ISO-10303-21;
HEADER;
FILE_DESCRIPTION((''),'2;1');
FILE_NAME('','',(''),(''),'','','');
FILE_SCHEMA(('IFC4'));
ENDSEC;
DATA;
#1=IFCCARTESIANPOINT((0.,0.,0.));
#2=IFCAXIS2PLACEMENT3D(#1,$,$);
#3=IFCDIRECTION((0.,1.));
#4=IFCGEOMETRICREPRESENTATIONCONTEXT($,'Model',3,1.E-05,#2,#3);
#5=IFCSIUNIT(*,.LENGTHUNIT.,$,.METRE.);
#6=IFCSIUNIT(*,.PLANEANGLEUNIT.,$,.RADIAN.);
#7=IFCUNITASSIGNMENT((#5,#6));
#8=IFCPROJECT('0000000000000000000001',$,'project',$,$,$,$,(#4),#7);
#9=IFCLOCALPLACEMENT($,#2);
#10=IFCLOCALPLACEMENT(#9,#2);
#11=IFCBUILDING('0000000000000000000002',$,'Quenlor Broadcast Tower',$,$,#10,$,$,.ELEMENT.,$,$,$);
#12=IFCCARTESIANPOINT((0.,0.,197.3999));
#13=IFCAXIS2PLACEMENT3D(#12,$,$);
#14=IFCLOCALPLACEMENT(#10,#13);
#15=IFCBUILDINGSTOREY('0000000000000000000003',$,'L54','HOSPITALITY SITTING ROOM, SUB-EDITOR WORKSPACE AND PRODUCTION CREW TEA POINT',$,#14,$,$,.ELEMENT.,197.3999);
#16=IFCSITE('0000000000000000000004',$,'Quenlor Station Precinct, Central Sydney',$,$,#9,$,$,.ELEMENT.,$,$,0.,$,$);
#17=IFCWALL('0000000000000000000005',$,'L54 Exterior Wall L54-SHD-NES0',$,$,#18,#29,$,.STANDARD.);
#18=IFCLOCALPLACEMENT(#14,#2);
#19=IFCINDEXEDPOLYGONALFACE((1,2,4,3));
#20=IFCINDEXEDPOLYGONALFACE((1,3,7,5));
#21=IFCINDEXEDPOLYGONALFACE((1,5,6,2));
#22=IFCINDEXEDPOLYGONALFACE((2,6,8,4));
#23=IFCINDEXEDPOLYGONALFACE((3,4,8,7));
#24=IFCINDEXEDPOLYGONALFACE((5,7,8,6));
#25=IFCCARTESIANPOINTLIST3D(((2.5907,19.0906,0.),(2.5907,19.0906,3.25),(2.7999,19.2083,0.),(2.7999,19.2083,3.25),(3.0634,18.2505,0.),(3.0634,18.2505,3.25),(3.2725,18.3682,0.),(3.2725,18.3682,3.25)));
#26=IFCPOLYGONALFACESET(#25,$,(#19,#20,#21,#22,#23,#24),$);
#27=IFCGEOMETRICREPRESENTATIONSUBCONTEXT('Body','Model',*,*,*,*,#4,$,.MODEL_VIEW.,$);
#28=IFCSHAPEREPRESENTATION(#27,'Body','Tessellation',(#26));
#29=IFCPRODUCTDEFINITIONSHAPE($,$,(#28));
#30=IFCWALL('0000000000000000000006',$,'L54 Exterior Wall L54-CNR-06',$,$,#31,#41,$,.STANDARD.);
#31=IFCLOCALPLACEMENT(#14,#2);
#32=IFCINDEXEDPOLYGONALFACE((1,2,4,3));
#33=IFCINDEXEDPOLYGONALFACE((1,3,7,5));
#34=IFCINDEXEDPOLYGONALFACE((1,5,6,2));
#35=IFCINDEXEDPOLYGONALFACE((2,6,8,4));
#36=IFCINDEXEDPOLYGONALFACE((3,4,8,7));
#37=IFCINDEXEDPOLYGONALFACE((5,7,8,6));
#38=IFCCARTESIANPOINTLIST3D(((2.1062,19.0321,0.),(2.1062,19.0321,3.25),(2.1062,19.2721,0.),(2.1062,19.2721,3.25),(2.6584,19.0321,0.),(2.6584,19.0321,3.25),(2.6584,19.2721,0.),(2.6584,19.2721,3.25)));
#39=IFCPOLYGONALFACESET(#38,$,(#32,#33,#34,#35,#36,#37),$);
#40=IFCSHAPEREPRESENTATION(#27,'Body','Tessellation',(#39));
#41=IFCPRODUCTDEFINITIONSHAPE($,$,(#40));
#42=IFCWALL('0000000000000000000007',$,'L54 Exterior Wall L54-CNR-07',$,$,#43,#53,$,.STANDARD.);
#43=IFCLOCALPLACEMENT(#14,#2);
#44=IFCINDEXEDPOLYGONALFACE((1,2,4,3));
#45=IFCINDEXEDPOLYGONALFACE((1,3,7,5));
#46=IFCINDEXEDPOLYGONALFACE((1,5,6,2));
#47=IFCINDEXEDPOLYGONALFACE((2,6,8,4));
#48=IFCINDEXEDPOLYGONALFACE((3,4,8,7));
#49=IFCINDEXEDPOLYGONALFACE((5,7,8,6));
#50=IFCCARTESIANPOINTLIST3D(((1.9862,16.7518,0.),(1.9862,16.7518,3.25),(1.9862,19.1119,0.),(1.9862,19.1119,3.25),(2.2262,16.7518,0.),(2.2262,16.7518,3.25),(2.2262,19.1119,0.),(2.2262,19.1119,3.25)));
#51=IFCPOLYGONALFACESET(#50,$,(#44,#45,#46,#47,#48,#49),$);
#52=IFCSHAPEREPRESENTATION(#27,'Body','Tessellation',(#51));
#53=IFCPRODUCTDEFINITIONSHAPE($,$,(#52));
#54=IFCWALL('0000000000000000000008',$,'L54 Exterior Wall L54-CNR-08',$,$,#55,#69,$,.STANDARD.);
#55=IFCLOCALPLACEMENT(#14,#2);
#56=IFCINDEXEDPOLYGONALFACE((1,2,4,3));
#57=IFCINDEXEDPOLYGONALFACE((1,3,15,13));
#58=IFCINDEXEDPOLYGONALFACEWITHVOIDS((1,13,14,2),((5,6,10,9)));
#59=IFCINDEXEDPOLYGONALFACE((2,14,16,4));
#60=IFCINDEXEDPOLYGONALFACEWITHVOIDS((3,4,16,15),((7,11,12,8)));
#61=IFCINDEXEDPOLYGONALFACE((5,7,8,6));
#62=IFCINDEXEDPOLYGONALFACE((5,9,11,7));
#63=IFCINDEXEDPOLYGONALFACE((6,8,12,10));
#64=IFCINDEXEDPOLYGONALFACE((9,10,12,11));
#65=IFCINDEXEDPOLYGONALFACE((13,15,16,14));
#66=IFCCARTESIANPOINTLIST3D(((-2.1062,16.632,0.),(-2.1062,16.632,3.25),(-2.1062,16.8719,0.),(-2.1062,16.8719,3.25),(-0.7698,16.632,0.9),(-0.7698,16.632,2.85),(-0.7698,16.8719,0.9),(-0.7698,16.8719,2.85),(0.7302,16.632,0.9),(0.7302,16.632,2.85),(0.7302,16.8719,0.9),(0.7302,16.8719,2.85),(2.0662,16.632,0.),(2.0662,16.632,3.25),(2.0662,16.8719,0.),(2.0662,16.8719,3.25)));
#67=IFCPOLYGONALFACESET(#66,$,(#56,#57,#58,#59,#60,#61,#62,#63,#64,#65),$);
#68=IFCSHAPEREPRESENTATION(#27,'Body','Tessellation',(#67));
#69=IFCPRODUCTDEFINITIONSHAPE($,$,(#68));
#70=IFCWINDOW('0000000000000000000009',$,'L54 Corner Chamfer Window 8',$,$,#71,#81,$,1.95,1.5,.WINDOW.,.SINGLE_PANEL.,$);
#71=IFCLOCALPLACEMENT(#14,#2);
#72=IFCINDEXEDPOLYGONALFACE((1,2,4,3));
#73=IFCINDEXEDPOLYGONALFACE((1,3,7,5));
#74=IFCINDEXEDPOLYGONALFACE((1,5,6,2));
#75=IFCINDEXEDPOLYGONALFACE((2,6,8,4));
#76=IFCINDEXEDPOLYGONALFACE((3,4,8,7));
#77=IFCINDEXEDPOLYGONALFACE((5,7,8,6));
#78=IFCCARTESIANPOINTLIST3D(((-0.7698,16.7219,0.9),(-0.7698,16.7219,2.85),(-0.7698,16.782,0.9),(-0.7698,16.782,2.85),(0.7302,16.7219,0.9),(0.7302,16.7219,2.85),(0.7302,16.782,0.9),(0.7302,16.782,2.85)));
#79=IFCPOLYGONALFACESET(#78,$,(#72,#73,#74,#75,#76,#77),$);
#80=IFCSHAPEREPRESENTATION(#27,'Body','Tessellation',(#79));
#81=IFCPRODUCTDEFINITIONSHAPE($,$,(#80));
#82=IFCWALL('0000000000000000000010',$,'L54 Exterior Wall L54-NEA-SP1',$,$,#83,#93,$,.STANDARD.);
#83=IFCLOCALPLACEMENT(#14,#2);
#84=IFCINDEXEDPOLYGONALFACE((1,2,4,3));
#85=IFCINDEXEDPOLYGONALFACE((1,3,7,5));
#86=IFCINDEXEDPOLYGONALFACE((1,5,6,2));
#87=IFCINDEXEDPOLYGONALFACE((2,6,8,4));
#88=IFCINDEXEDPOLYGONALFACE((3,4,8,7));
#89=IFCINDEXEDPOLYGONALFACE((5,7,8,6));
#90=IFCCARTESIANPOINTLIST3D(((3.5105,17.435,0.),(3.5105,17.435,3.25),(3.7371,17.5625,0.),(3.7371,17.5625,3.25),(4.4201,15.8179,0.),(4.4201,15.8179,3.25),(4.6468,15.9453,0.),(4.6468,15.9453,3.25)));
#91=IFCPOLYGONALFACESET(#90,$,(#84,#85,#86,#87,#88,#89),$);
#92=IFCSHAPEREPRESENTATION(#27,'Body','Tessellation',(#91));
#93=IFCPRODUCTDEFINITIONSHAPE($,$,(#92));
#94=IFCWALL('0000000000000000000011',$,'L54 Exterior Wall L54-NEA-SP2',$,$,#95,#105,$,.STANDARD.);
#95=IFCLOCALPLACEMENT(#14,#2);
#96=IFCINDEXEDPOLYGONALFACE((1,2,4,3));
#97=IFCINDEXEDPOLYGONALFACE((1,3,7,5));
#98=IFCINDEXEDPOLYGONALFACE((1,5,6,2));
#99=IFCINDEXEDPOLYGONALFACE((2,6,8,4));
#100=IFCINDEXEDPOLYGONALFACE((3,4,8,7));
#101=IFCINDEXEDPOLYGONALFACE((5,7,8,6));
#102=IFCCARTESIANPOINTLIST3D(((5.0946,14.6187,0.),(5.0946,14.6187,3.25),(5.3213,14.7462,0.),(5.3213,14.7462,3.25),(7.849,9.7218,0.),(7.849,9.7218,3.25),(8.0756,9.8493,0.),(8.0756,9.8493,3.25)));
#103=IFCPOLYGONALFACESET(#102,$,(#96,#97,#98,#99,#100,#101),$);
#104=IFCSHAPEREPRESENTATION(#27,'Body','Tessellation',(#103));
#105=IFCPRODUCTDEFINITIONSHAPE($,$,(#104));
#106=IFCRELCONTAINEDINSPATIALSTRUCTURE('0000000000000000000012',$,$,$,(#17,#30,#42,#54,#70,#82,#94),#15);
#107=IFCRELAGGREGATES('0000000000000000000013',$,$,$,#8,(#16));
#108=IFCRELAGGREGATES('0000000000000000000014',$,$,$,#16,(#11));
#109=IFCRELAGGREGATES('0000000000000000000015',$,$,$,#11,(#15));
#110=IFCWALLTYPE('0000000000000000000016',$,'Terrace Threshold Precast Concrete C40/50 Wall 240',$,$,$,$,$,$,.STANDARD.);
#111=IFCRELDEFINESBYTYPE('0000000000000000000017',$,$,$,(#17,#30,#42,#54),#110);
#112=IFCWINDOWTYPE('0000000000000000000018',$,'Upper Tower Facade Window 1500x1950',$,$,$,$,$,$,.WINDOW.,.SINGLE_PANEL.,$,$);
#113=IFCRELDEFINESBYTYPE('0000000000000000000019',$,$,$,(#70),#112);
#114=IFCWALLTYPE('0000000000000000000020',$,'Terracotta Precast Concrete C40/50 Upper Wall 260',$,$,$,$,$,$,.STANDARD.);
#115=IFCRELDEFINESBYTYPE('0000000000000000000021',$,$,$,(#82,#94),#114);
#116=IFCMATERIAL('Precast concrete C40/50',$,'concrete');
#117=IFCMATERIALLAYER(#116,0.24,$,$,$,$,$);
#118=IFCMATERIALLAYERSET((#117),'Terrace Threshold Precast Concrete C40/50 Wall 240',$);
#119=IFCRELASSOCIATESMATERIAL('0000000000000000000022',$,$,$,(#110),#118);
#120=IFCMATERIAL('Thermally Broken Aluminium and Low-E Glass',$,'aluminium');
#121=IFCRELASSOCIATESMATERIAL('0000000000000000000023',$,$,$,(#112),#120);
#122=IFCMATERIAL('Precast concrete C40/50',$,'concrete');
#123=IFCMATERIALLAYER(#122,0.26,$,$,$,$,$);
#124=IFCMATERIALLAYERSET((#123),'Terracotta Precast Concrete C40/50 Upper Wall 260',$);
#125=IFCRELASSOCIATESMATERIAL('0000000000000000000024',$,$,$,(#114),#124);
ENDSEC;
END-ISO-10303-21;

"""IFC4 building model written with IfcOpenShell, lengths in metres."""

from ifc_helpers import new_model, si_unit, direction, frame, frame_2d, origin, place, context, subcontext, project, spatial, rectangle, extrude, material, layer, layer_set, type_object, element, fill, save


model = new_model("IFC4")

# Units and contexts
model_context = context("Model", 3, precision=1e-05, world=origin(), true_north=direction((0.0, 1.0)))
body_context = subcontext(model_context, "Body", "Model", "MODEL_VIEW")
ifc_project = project(units=[si_unit("LENGTHUNIT", "METRE"), si_unit("PLANEANGLEUNIT", "RADIAN")], contexts=[model_context])

# Site, building, storey
site_placement = place(None, origin())
site = spatial("IfcSite", under=ifc_project, at=site_placement, Name="Quenlor Station Precinct, Central Sydney", CompositionType="ELEMENT", RefElevation=0.0)
building_placement = place(site_placement, origin())
building = spatial("IfcBuilding", under=site, at=building_placement, Name="Quenlor Broadcast Tower", CompositionType="ELEMENT")
storey_placement = place(building_placement, frame((0.0, 0.0, 197.3999)))
storey = spatial("IfcBuildingStorey", under=building, at=storey_placement, Name="L54", Description="HOSPITALITY SITTING ROOM, SUB-EDITOR WORKSPACE AND PRODUCTION CREW TEA POINT", CompositionType="ELEMENT", Elevation=197.3999)

# Walls
ifc_material_1 = material(Name="Precast concrete C40/50", Category="concrete")
ifc_layer_1 = layer(ifc_material_1, 0.24)
ifc_layer_set_1 = layer_set([ifc_layer_1], Name="Terrace Threshold Precast Concrete C40/50 Wall 240")
wall_type_1 = type_object("IfcWallType", Name="Terrace Threshold Precast Concrete C40/50 Wall 240", PredefinedType="STANDARD", material=ifc_layer_set_1)
wall_1_placement = place(storey_placement, frame((2.6953, 19.1494, 0.0), z_axis=(0.0, 0.0, 1.0), x_axis=(0.490345, -0.871528, 0.0)))
element("IfcWall", 1, at=wall_1_placement, inside=storey, type_object=wall_type_1, Name="L54 Exterior Wall L54-SHD-NES0", PredefinedType="STANDARD", context=body_context, shape_type="SweptSolid", body=[
    extrude(rectangle(XDim=0.9639, YDim=0.24, at=frame_2d((0.4819, 0.0))), origin(), (0.0, 0.0, 1.0), 3.25),
])
wall_2_placement = place(storey_placement, frame((2.6584, 19.1521, 0.0), z_axis=(0.0, 0.0, 1.0), x_axis=(-1.0, 0.0, 0.0)))
element("IfcWall", 2, at=wall_2_placement, inside=storey, type_object=wall_type_1, Name="L54 Exterior Wall L54-CNR-06", PredefinedType="STANDARD", context=body_context, shape_type="SweptSolid", body=[
    extrude(rectangle(XDim=0.5522, YDim=0.24, at=frame_2d((0.2761, 0.0))), origin(), (0.0, 0.0, 1.0), 3.25),
])
wall_3_placement = place(storey_placement, frame((2.1062, 19.1121, 0.0), z_axis=(0.0, 0.0, 1.0), x_axis=(0.0, -1.0, 0.0)))
element("IfcWall", 3, at=wall_3_placement, inside=storey, type_object=wall_type_1, Name="L54 Exterior Wall L54-CNR-07", PredefinedType="STANDARD", context=body_context, shape_type="SweptSolid", body=[
    extrude(rectangle(XDim=2.3601, YDim=0.24, at=frame_2d((1.1802, 0.0))), origin(), (0.0, 0.0, 1.0), 3.25),
])

# Wall, opening, window
wall_4_placement = place(storey_placement, frame((2.0662, 16.752, 0.0), z_axis=(0.0, 0.0, 1.0), x_axis=(-1.0, 0.0, 0.0)))
wall_4 = element("IfcWall", 4, at=wall_4_placement, inside=storey, type_object=wall_type_1, Name="L54 Exterior Wall L54-CNR-08", PredefinedType="STANDARD", context=body_context, shape_type="SweptSolid", body=[
    extrude(rectangle(XDim=4.1724, YDim=0.24, at=frame_2d((2.0862, 0.0))), origin(), (0.0, 0.0, 1.0), 3.25),
])
opening_placement = place(wall_4_placement, frame((1.3359, 0.0, 0.8999)))
opening = element("IfcOpeningElement", 5, at=opening_placement, cuts=wall_4, PredefinedType="OPENING", context=body_context, shape_type="SweptSolid", body=[
    extrude(rectangle(XDim=1.5, YDim=1.95, at=frame_2d((0.75, 0.9751))), frame((0.0, 0.1299, 0.0), z_axis=(0.0, -1.0, 0.0), x_axis=(1.0, 0.0, 0.0)), (0.0, 0.0, 1.0), 0.26),
])
ifc_material_2 = material(Name="Thermally Broken Aluminium and Low-E Glass", Category="aluminium")
window_type = type_object("IfcWindowType", Name="Upper Tower Facade Window 1500x1950", PartitioningType="SINGLE_PANEL", PredefinedType="WINDOW", material=ifc_material_2)
window_placement = place(opening_placement, origin())
window = element("IfcWindow", 6, at=window_placement, inside=storey, type_object=window_type, Name="L54 Corner Chamfer Window 8", OverallHeight=1.95, OverallWidth=1.5, PartitioningType="SINGLE_PANEL", PredefinedType="WINDOW", context=body_context, shape_type="SweptSolid", body=[
    extrude(rectangle(XDim=1.5, YDim=1.95, at=frame_2d((0.75, 0.9751))), frame((0.0, 0.03, 0.0), z_axis=(0.0, -1.0, 0.0), x_axis=(1.0, 0.0, 0.0)), (0.0, 0.0, 1.0), 0.0601),
])
fill(opening, window)

# Walls
ifc_material_3 = material(Name="Precast concrete C40/50", Category="concrete")
ifc_layer_2 = layer(ifc_material_3, 0.26)
ifc_layer_set_2 = layer_set([ifc_layer_2], Name="Terracotta Precast Concrete C40/50 Upper Wall 260")
wall_type_2 = type_object("IfcWallType", Name="Terracotta Precast Concrete C40/50 Upper Wall 260", PredefinedType="STANDARD", material=ifc_layer_set_2)
wall_5_placement = place(storey_placement, frame((3.6238, 17.4988, 0.0), z_axis=(0.0, 0.0, 1.0), x_axis=(0.490261, -0.871576, 0.0)))
element("IfcWall", 7, at=wall_5_placement, inside=storey, type_object=wall_type_2, Name="L54 Exterior Wall L54-NEA-SP1", PredefinedType="STANDARD", context=body_context, shape_type="SweptSolid", body=[
    extrude(rectangle(XDim=1.8555, YDim=0.26, at=frame_2d((0.9277, 0.0))), origin(), (0.0, 0.0, 1.0), 3.25),
])
wall_6_placement = place(storey_placement, frame((5.208, 14.6824, 0.0), z_axis=(0.0, 0.0, 1.0), x_axis=(0.490241, -0.871587, 0.0)))
element("IfcWall", 8, at=wall_6_placement, inside=storey, type_object=wall_type_2, Name="L54 Exterior Wall L54-NEA-SP2", PredefinedType="STANDARD", context=body_context, shape_type="SweptSolid", body=[
    extrude(rectangle(XDim=5.6184, YDim=0.26, at=frame_2d((2.8091, 0.0))), origin(), (0.0, 0.0, 1.0), 3.25),
])

save(model, "model.ifc")
